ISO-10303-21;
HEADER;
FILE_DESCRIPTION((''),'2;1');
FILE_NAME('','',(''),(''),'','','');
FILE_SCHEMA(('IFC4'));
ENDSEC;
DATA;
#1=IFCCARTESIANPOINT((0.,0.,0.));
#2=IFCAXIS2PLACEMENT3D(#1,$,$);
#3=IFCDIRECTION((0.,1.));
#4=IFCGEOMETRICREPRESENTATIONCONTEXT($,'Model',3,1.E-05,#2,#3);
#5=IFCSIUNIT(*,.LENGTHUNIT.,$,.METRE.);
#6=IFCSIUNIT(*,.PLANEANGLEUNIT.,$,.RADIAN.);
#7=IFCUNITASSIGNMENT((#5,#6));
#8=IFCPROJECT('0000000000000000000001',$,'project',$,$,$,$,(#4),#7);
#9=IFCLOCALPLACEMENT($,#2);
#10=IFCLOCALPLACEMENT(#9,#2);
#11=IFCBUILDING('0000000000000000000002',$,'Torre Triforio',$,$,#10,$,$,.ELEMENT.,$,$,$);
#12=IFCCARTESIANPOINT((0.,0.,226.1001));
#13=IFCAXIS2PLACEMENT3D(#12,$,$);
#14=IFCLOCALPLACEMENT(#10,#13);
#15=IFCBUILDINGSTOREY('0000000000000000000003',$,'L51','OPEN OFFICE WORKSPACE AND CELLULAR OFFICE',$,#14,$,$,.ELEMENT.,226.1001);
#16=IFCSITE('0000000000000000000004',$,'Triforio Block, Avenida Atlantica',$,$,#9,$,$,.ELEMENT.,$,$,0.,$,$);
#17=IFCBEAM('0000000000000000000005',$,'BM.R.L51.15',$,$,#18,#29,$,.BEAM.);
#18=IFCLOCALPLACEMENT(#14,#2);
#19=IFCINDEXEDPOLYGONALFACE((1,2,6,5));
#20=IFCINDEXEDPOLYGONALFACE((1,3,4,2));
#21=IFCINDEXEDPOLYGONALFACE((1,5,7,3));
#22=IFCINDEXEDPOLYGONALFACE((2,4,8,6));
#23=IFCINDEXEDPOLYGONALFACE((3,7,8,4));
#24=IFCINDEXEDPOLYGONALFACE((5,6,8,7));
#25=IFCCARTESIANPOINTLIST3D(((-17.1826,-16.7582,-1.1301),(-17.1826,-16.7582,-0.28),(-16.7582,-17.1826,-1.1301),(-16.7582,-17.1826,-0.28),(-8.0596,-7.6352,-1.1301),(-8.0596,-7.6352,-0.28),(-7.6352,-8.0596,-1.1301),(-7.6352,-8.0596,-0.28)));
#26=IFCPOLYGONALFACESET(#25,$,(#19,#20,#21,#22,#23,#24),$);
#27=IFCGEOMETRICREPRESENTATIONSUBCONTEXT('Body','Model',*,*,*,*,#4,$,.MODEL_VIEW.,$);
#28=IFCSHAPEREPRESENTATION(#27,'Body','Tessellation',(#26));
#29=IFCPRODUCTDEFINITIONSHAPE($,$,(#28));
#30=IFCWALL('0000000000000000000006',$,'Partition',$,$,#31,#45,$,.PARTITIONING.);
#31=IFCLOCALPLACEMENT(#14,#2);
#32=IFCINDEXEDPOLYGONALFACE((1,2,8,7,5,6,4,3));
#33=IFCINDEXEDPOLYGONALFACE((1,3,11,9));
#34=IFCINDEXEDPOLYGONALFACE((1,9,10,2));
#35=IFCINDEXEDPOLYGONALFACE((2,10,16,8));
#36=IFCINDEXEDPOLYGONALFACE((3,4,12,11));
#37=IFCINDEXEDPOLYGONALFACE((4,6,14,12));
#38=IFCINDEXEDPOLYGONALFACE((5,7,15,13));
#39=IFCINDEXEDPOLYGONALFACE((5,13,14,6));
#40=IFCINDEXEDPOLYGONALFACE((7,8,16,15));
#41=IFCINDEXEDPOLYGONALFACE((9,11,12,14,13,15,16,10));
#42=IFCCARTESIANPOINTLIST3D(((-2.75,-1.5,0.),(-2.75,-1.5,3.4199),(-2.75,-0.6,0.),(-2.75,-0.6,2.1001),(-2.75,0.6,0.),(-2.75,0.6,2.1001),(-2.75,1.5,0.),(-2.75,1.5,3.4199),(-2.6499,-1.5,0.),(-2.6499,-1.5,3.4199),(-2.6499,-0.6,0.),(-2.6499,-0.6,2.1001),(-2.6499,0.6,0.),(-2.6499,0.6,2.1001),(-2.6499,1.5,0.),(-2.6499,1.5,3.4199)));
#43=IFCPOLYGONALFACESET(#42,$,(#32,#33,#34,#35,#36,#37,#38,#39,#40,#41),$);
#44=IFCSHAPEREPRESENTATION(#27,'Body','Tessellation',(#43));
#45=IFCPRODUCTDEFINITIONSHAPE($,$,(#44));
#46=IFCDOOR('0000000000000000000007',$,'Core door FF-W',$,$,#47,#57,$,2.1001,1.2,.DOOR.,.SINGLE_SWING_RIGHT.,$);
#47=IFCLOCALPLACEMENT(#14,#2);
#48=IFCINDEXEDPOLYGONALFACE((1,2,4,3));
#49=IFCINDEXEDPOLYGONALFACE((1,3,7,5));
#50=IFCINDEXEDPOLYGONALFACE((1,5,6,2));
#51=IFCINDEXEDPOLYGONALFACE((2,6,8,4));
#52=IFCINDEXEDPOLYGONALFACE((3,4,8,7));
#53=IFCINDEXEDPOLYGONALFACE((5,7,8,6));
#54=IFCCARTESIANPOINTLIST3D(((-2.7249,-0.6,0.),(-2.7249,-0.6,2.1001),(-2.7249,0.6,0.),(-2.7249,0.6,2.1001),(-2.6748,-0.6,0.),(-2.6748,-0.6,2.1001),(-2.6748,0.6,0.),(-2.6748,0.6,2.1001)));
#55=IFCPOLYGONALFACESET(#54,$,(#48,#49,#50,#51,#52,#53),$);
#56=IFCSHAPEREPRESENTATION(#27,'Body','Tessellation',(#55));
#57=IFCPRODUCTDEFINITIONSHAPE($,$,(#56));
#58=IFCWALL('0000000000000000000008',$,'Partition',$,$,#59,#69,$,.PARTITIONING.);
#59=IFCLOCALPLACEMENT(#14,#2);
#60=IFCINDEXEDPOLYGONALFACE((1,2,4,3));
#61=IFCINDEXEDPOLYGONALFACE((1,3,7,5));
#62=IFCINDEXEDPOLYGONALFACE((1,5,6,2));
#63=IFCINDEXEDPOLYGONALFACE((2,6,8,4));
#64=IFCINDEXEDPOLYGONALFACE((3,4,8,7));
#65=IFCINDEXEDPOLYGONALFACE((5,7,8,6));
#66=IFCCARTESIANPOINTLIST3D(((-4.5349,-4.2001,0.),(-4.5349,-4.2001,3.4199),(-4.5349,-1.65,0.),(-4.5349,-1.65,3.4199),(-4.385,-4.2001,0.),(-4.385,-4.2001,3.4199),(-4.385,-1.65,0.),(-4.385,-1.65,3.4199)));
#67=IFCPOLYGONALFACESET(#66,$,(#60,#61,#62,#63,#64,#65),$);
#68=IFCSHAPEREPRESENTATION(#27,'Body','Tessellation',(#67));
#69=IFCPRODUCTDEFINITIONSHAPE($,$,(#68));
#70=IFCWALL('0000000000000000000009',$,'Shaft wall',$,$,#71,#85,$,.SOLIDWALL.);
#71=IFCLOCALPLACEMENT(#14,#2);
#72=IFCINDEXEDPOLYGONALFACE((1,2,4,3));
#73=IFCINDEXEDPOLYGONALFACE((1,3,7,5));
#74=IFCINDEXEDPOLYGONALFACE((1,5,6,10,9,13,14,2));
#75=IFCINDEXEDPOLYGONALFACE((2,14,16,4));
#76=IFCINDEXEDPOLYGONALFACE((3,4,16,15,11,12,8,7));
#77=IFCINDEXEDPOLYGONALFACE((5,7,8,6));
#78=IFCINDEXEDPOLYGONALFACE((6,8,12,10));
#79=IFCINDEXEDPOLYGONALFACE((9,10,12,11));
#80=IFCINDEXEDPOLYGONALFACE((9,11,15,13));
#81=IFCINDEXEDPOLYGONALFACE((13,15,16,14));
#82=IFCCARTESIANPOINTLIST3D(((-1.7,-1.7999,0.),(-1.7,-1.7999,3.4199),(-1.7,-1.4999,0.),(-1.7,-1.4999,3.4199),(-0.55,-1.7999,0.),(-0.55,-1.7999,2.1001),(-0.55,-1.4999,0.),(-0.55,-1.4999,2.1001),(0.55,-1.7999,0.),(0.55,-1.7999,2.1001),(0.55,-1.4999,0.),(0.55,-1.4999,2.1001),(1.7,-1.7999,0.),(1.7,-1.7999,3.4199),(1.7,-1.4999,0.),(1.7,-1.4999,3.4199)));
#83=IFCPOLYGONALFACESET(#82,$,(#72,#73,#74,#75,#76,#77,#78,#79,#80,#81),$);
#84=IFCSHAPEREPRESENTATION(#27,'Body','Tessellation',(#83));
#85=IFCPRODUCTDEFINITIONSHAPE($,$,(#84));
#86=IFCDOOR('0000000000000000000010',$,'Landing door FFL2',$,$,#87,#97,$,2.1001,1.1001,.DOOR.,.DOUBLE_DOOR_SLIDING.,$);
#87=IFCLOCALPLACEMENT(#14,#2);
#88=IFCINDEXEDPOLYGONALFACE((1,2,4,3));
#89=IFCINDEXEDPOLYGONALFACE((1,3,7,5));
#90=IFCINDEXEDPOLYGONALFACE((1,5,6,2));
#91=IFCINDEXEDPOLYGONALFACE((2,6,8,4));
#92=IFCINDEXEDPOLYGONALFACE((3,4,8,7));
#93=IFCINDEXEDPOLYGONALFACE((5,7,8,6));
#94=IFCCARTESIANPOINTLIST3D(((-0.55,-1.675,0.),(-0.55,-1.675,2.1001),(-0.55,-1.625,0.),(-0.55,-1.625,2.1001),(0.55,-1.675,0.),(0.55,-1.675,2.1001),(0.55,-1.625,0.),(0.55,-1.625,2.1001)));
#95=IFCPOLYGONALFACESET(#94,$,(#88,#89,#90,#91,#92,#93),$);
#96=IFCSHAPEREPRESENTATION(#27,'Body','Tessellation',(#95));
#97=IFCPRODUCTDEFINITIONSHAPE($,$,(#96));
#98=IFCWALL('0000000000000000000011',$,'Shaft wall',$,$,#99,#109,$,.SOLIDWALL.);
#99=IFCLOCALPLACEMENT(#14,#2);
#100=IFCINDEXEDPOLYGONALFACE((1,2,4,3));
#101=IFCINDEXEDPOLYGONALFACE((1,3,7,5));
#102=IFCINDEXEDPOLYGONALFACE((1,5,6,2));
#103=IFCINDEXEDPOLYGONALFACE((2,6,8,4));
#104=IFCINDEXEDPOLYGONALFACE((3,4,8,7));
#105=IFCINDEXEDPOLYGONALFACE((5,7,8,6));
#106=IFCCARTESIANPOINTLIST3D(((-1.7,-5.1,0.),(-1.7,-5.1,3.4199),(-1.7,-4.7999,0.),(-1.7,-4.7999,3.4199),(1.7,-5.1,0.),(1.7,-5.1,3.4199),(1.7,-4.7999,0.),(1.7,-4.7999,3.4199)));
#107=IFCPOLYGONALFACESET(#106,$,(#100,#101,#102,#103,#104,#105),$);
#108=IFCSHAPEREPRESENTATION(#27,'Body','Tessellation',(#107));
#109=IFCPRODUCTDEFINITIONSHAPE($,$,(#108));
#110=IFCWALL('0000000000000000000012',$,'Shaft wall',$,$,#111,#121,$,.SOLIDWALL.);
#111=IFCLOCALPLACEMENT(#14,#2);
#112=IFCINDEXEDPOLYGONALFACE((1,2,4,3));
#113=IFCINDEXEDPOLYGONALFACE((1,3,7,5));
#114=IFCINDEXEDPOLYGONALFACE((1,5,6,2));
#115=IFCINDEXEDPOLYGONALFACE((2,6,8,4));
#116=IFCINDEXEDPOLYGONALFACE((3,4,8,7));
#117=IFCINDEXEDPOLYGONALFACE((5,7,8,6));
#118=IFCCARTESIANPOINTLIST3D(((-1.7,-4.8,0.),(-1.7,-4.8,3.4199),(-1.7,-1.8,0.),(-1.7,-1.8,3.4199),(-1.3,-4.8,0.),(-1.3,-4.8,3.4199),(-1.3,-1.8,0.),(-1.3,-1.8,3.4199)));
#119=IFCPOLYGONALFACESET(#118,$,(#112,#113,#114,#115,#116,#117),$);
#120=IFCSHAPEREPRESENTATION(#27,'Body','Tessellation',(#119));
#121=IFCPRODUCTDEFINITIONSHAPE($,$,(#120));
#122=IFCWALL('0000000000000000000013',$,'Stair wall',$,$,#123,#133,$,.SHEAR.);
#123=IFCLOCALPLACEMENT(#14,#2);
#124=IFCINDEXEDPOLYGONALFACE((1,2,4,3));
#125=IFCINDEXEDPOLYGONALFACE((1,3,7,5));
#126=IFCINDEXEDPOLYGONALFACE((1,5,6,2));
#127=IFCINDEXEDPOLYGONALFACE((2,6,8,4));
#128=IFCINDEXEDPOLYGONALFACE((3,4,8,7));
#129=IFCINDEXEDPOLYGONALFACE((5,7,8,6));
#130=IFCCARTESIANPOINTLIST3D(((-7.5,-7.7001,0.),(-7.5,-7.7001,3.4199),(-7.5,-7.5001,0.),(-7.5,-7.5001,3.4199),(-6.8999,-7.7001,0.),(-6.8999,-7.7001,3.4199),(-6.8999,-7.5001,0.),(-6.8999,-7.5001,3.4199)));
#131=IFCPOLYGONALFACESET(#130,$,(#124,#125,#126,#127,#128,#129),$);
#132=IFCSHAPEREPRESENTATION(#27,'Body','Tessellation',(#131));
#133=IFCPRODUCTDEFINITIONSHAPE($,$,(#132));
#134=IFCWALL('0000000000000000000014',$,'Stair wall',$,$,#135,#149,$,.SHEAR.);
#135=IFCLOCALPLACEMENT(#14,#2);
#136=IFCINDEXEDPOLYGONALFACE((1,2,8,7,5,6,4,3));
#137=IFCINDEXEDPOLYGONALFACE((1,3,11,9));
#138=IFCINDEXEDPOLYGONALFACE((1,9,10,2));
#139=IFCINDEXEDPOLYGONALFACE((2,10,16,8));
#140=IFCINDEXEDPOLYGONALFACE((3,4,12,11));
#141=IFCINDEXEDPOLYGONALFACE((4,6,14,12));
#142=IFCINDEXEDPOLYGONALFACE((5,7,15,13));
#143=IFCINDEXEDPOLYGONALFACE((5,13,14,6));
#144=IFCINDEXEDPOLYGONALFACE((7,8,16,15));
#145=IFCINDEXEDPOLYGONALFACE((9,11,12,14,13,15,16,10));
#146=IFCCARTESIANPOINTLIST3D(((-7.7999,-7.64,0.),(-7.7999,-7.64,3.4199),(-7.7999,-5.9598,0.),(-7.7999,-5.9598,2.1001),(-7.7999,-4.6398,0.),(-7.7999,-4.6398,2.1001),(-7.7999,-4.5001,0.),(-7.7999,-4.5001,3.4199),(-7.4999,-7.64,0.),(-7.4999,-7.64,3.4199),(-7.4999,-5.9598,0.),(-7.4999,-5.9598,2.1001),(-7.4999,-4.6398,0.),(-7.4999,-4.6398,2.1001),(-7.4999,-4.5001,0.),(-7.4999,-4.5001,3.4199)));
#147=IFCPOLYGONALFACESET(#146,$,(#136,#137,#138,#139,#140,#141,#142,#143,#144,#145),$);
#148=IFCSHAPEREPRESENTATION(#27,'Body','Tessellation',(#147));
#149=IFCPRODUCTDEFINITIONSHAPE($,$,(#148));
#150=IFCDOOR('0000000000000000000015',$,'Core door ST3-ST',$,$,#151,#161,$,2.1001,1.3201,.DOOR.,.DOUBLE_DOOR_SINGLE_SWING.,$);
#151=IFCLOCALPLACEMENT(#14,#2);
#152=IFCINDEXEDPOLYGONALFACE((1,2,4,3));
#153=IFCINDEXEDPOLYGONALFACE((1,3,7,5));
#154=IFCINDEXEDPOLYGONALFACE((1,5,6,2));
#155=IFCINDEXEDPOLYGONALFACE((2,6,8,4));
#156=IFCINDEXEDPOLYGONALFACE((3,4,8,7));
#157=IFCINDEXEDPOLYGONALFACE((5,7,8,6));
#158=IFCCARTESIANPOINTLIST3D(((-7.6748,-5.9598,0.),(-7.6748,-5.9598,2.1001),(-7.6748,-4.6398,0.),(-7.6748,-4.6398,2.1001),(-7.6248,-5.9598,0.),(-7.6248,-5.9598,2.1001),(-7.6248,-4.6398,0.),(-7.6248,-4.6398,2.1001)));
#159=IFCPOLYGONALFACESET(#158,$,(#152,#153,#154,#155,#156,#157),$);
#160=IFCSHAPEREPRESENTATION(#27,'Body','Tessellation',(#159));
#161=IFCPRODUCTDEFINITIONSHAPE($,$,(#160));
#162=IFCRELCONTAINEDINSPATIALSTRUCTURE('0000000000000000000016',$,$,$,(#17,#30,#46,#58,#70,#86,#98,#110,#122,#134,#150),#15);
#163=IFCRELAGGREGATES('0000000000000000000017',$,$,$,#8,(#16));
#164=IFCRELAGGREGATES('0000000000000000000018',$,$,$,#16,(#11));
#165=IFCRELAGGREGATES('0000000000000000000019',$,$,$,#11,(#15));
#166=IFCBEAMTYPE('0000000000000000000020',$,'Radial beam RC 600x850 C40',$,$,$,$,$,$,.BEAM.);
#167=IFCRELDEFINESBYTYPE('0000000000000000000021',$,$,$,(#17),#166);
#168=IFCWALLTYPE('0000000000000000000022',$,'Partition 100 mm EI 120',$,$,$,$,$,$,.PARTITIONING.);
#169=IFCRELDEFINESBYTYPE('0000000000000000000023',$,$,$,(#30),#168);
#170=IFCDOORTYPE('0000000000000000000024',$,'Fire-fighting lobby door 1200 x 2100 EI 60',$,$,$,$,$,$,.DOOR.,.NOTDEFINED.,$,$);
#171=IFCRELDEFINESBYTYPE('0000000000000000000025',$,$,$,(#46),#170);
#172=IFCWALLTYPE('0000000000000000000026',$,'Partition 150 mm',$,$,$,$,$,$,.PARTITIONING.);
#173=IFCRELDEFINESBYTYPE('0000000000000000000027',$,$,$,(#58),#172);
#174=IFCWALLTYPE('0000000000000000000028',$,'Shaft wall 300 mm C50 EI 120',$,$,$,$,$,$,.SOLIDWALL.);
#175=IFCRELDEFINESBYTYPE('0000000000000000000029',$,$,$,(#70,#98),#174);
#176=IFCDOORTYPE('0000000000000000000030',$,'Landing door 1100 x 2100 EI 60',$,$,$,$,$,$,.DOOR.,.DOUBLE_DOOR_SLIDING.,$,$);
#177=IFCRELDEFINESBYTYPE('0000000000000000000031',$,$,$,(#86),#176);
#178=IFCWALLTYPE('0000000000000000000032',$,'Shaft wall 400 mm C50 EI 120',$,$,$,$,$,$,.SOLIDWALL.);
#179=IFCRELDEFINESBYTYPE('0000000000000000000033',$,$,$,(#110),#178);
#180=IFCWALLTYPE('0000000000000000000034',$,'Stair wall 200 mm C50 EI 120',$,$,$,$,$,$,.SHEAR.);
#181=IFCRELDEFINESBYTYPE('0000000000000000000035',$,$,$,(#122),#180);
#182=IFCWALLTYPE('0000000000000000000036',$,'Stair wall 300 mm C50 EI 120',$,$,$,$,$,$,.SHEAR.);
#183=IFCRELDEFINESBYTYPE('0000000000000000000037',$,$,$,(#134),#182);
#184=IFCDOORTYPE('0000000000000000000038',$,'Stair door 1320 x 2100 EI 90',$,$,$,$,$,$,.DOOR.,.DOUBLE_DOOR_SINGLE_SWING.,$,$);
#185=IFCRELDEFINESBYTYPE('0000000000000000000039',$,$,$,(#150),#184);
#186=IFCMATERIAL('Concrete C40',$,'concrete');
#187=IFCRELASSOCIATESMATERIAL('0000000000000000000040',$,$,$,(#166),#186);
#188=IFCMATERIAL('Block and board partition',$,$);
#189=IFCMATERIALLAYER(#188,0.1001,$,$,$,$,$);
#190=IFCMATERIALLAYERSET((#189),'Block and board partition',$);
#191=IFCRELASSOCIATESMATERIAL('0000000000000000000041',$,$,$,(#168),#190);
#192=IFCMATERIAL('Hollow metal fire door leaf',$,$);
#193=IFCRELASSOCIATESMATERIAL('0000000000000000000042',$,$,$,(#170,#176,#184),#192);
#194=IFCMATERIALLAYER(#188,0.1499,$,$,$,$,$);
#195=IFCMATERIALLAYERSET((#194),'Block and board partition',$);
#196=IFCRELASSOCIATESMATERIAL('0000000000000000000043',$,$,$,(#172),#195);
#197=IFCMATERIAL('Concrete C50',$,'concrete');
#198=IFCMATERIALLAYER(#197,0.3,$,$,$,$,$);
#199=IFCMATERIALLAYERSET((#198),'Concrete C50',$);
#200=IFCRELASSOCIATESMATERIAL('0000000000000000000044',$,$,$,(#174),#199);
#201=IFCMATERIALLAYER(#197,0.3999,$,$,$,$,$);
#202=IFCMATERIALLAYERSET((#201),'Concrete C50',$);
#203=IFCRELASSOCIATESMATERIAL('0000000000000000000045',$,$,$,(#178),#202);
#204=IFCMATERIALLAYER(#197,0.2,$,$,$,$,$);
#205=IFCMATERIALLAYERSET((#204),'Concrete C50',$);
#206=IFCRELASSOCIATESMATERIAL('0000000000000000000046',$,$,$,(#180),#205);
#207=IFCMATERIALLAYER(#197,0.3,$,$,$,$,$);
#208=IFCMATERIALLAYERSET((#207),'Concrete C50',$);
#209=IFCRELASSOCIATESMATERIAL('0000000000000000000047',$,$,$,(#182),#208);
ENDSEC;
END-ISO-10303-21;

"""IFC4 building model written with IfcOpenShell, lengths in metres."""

from ifc_helpers import new_model, si_unit, direction, frame, frame_2d, origin, origin_2d, place, context, subcontext, project, spatial, rectangle, extrude, material, layer, layer_set, material_profile, profile_set, type_object, element, fill, save


model = new_model("IFC4")

# Units and contexts
model_context = context("Model", 3, precision=1e-05, world=origin(), true_north=direction((0.0, 1.0)))
body_context = subcontext(model_context, "Body", "Model", "MODEL_VIEW")
ifc_project = project(units=[si_unit("LENGTHUNIT", "METRE"), si_unit("PLANEANGLEUNIT", "RADIAN")], contexts=[model_context])

# Site, building, storey
site_placement = place(None, origin())
site = spatial("IfcSite", under=ifc_project, at=site_placement, Name="Triforio Block, Avenida Atlantica", CompositionType="ELEMENT", RefElevation=0.0)
building_placement = place(site_placement, origin())
building = spatial("IfcBuilding", under=site, at=building_placement, Name="Torre Triforio", CompositionType="ELEMENT")
storey_placement = place(building_placement, frame((0.0, 0.0, 226.1001)))
storey = spatial("IfcBuildingStorey", under=building, at=storey_placement, Name="L51", Description="OPEN OFFICE WORKSPACE AND CELLULAR OFFICE", CompositionType="ELEMENT", Elevation=226.1001)

# Beam
ifc_material_1 = material(Name="Concrete C40", Category="concrete")
ifc_material_profile = material_profile(ifc_material_1, rectangle(XDim=0.6001, YDim=0.8501, at=origin_2d()), Name="RC 600x850")
ifc_profile_set = profile_set([ifc_material_profile], Name="Concrete C40")
beam_type = type_object("IfcBeamType", Name="Radial beam RC 600x850 C40", PredefinedType="BEAM", material=ifc_profile_set)
beam_placement = place(storey_placement, frame((-7.8474, -7.8474, -0.7051), z_axis=(-0.707107, -0.707107, 0.0), x_axis=(0.707107, -0.707107, 0.0)))
element("IfcBeam", 1, at=beam_placement, inside=storey, type_object=beam_type, Name="BM.R.L51.15", PredefinedType="BEAM", context=body_context, shape_type="SweptSolid", body=[
    extrude(rectangle(XDim=0.6001, YDim=0.8501, at=origin_2d()), origin(), (0.0, 0.0, 1.0), 12.9019),
])

# Wall, opening, door
ifc_material_2 = material(Name="Block and board partition")
ifc_layer_1 = layer(ifc_material_2, 0.1001)
ifc_layer_set_1 = layer_set([ifc_layer_1], Name="Block and board partition")
wall_type_1 = type_object("IfcWallType", Name="Partition 100 mm EI 120", PredefinedType="PARTITIONING", material=ifc_layer_set_1)
wall_1_placement = place(storey_placement, frame((-2.7, -1.5, 0.0), z_axis=(0.0, 0.0, 1.0), x_axis=(0.0, 1.0, 0.0)))
wall_1 = element("IfcWall", 2, at=wall_1_placement, inside=storey, type_object=wall_type_1, Name="Partition", PredefinedType="PARTITIONING", context=body_context, shape_type="SweptSolid", body=[
    extrude(rectangle(XDim=3.0, YDim=0.1001, at=frame_2d((1.5, 0.0))), origin(), (0.0, 0.0, 1.0), 3.4199),
])
opening_1_placement = place(wall_1_placement, frame((0.8999, 0.0, 0.0)))
opening_1 = element("IfcOpeningElement", 3, at=opening_1_placement, cuts=wall_1, PredefinedType="OPENING", context=body_context, shape_type="SweptSolid", body=[
    extrude(rectangle(XDim=1.2, YDim=2.1001, at=frame_2d((0.6001, 1.05))), frame((0.0, 0.0601, 0.0), z_axis=(0.0, -1.0, 0.0), x_axis=(1.0, 0.0, 0.0)), (0.0, 0.0, 1.0), 0.1201),
])
ifc_material_3 = material(Name="Hollow metal fire door leaf")
door_type_1 = type_object("IfcDoorType", Name="Fire-fighting lobby door 1200 x 2100 EI 60", OperationType="NOTDEFINED", PredefinedType="DOOR", material=ifc_material_3)
door_1_placement = place(opening_1_placement, origin())
door_1 = element("IfcDoor", 4, at=door_1_placement, inside=storey, type_object=door_type_1, Name="Core door FF-W", OperationType="SINGLE_SWING_RIGHT", OverallHeight=2.1001, OverallWidth=1.2, PredefinedType="DOOR", context=body_context, shape_type="SweptSolid", body=[
    extrude(rectangle(XDim=1.2, YDim=2.1001, at=frame_2d((0.6001, 1.05))), frame((0.0, 0.0249, 0.0), z_axis=(0.0, -1.0, 0.0), x_axis=(1.0, 0.0, 0.0)), (0.0, 0.0, 1.0), 0.05),
])
fill(opening_1, door_1)

# Wall
ifc_layer_2 = layer(ifc_material_2, 0.1499)
ifc_layer_set_2 = layer_set([ifc_layer_2], Name="Block and board partition")
wall_type_2 = type_object("IfcWallType", Name="Partition 150 mm", PredefinedType="PARTITIONING", material=ifc_layer_set_2)
wall_2_placement = place(storey_placement, frame((-4.46, -4.2, 0.0), z_axis=(0.0, 0.0, 1.0), x_axis=(0.0, 1.0, 0.0)))
element("IfcWall", 5, at=wall_2_placement, inside=storey, type_object=wall_type_2, Name="Partition", PredefinedType="PARTITIONING", context=body_context, shape_type="SweptSolid", body=[
    extrude(rectangle(XDim=2.55, YDim=0.1499, at=frame_2d((1.2749, 0.0))), origin(), (0.0, 0.0, 1.0), 3.4199),
])

# Wall, opening, door
ifc_material_4 = material(Name="Concrete C50", Category="concrete")
ifc_layer_3 = layer(ifc_material_4, 0.3)
ifc_layer_set_3 = layer_set([ifc_layer_3], Name="Concrete C50")
wall_type_3 = type_object("IfcWallType", Name="Shaft wall 300 mm C50 EI 120", PredefinedType="SOLIDWALL", material=ifc_layer_set_3)
wall_3_placement = place(storey_placement, frame((-1.7, -1.6499, 0.0), z_axis=(0.0, 0.0, 1.0), x_axis=(1.0, 0.0, 0.0)))
wall_3 = element("IfcWall", 6, at=wall_3_placement, inside=storey, type_object=wall_type_3, Name="Shaft wall", PredefinedType="SOLIDWALL", context=body_context, shape_type="SweptSolid", body=[
    extrude(rectangle(XDim=3.3999, YDim=0.3, at=frame_2d((1.7, 0.0))), origin(), (0.0, 0.0, 1.0), 3.4199),
])
opening_2_placement = place(wall_3_placement, frame((1.1499, 0.0, 0.0)))
opening_2 = element("IfcOpeningElement", 7, at=opening_2_placement, cuts=wall_3, PredefinedType="OPENING", context=body_context, shape_type="SweptSolid", body=[
    extrude(rectangle(XDim=1.1001, YDim=2.1001, at=frame_2d((0.55, 1.05))), frame((0.0, 0.1599, 0.0), z_axis=(0.0, -1.0, 0.0), x_axis=(1.0, 0.0, 0.0)), (0.0, 0.0, 1.0), 0.3201),
])
door_type_2 = type_object("IfcDoorType", Name="Landing door 1100 x 2100 EI 60", OperationType="DOUBLE_DOOR_SLIDING", PredefinedType="DOOR", material=ifc_material_3)
door_2_placement = place(opening_2_placement, origin())
door_2 = element("IfcDoor", 8, at=door_2_placement, inside=storey, type_object=door_type_2, Name="Landing door FFL2", OperationType="DOUBLE_DOOR_SLIDING", OverallHeight=2.1001, OverallWidth=1.1001, PredefinedType="DOOR", context=body_context, shape_type="SweptSolid", body=[
    extrude(rectangle(XDim=1.1001, YDim=2.1001, at=frame_2d((0.55, 1.05))), frame((0.0, 0.0249, 0.0), z_axis=(0.0, -1.0, 0.0), x_axis=(1.0, 0.0, 0.0)), (0.0, 0.0, 1.0), 0.05),
])
fill(opening_2, door_2)

# Walls
wall_4_placement = place(storey_placement, frame((-1.7, -4.95, 0.0), z_axis=(0.0, 0.0, 1.0), x_axis=(1.0, 0.0, 0.0)))
element("IfcWall", 9, at=wall_4_placement, inside=storey, type_object=wall_type_3, Name="Shaft wall", PredefinedType="SOLIDWALL", context=body_context, shape_type="SweptSolid", body=[
    extrude(rectangle(XDim=3.3999, YDim=0.3, at=frame_2d((1.7, 0.0))), origin(), (0.0, 0.0, 1.0), 3.4199),
])
ifc_layer_4 = layer(ifc_material_4, 0.3999)
ifc_layer_set_4 = layer_set([ifc_layer_4], Name="Concrete C50")
wall_type_4 = type_object("IfcWallType", Name="Shaft wall 400 mm C50 EI 120", PredefinedType="SOLIDWALL", material=ifc_layer_set_4)
wall_5_placement = place(storey_placement, frame((-1.5, -4.8, 0.0), z_axis=(0.0, 0.0, 1.0), x_axis=(0.0, 1.0, 0.0)))
element("IfcWall", 10, at=wall_5_placement, inside=storey, type_object=wall_type_4, Name="Shaft wall", PredefinedType="SOLIDWALL", context=body_context, shape_type="SweptSolid", body=[
    extrude(rectangle(XDim=3.0, YDim=0.3999, at=frame_2d((1.5, 0.0))), origin(), (0.0, 0.0, 1.0), 3.4199),
])
ifc_layer_5 = layer(ifc_material_4, 0.2)
ifc_layer_set_5 = layer_set([ifc_layer_5], Name="Concrete C50")
wall_type_5 = type_object("IfcWallType", Name="Stair wall 200 mm C50 EI 120", PredefinedType="SHEAR", material=ifc_layer_set_5)
wall_6_placement = place(storey_placement, frame((-7.5, -7.6001, 0.0), z_axis=(0.0, 0.0, 1.0), x_axis=(1.0, 0.0, 0.0)))
element("IfcWall", 11, at=wall_6_placement, inside=storey, type_object=wall_type_5, Name="Stair wall", PredefinedType="SHEAR", context=body_context, shape_type="SweptSolid", body=[
    extrude(rectangle(XDim=0.6001, YDim=0.2, at=frame_2d((0.3, 0.0))), origin(), (0.0, 0.0, 1.0), 3.4199),
])

# Wall, opening, door
ifc_layer_6 = layer(ifc_material_4, 0.3)
ifc_layer_set_6 = layer_set([ifc_layer_6], Name="Concrete C50")
wall_type_6 = type_object("IfcWallType", Name="Stair wall 300 mm C50 EI 120", PredefinedType="SHEAR", material=ifc_layer_set_6)
wall_7_placement = place(storey_placement, frame((-7.6499, -7.6399, 0.0), z_axis=(0.0, 0.0, 1.0), x_axis=(0.0, 1.0, 0.0)))
wall_7 = element("IfcWall", 12, at=wall_7_placement, inside=storey, type_object=wall_type_6, Name="Stair wall", PredefinedType="SHEAR", context=body_context, shape_type="SweptSolid", body=[
    extrude(rectangle(XDim=3.1399, YDim=0.3, at=frame_2d((1.5698, 0.0))), origin(), (0.0, 0.0, 1.0), 3.4199),
])
opening_3_placement = place(wall_7_placement, frame((1.6799, 0.0, 0.0)))
opening_3 = element("IfcOpeningElement", 13, at=opening_3_placement, cuts=wall_7, PredefinedType="OPENING", context=body_context, shape_type="SweptSolid", body=[
    extrude(rectangle(XDim=1.3201, YDim=2.1001, at=frame_2d((0.6602, 1.05))), frame((0.0, 0.1599, 0.0), z_axis=(0.0, -1.0, 0.0), x_axis=(1.0, 0.0, 0.0)), (0.0, 0.0, 1.0), 0.3201),
])
door_type_3 = type_object("IfcDoorType", Name="Stair door 1320 x 2100 EI 90", OperationType="DOUBLE_DOOR_SINGLE_SWING", PredefinedType="DOOR", material=ifc_material_3)
door_3_placement = place(opening_3_placement, origin())
door_3 = element("IfcDoor", 14, at=door_3_placement, inside=storey, type_object=door_type_3, Name="Core door ST3-ST", OperationType="DOUBLE_DOOR_SINGLE_SWING", OverallHeight=2.1001, OverallWidth=1.3201, PredefinedType="DOOR", context=body_context, shape_type="SweptSolid", body=[
    extrude(rectangle(XDim=1.3201, YDim=2.1001, at=frame_2d((0.6602, 1.05))), frame((0.0, 0.0249, 0.0), z_axis=(0.0, -1.0, 0.0), x_axis=(1.0, 0.0, 0.0)), (0.0, 0.0, 1.0), 0.05),
])
fill(opening_3, door_3)

save(model, "model.ifc")
